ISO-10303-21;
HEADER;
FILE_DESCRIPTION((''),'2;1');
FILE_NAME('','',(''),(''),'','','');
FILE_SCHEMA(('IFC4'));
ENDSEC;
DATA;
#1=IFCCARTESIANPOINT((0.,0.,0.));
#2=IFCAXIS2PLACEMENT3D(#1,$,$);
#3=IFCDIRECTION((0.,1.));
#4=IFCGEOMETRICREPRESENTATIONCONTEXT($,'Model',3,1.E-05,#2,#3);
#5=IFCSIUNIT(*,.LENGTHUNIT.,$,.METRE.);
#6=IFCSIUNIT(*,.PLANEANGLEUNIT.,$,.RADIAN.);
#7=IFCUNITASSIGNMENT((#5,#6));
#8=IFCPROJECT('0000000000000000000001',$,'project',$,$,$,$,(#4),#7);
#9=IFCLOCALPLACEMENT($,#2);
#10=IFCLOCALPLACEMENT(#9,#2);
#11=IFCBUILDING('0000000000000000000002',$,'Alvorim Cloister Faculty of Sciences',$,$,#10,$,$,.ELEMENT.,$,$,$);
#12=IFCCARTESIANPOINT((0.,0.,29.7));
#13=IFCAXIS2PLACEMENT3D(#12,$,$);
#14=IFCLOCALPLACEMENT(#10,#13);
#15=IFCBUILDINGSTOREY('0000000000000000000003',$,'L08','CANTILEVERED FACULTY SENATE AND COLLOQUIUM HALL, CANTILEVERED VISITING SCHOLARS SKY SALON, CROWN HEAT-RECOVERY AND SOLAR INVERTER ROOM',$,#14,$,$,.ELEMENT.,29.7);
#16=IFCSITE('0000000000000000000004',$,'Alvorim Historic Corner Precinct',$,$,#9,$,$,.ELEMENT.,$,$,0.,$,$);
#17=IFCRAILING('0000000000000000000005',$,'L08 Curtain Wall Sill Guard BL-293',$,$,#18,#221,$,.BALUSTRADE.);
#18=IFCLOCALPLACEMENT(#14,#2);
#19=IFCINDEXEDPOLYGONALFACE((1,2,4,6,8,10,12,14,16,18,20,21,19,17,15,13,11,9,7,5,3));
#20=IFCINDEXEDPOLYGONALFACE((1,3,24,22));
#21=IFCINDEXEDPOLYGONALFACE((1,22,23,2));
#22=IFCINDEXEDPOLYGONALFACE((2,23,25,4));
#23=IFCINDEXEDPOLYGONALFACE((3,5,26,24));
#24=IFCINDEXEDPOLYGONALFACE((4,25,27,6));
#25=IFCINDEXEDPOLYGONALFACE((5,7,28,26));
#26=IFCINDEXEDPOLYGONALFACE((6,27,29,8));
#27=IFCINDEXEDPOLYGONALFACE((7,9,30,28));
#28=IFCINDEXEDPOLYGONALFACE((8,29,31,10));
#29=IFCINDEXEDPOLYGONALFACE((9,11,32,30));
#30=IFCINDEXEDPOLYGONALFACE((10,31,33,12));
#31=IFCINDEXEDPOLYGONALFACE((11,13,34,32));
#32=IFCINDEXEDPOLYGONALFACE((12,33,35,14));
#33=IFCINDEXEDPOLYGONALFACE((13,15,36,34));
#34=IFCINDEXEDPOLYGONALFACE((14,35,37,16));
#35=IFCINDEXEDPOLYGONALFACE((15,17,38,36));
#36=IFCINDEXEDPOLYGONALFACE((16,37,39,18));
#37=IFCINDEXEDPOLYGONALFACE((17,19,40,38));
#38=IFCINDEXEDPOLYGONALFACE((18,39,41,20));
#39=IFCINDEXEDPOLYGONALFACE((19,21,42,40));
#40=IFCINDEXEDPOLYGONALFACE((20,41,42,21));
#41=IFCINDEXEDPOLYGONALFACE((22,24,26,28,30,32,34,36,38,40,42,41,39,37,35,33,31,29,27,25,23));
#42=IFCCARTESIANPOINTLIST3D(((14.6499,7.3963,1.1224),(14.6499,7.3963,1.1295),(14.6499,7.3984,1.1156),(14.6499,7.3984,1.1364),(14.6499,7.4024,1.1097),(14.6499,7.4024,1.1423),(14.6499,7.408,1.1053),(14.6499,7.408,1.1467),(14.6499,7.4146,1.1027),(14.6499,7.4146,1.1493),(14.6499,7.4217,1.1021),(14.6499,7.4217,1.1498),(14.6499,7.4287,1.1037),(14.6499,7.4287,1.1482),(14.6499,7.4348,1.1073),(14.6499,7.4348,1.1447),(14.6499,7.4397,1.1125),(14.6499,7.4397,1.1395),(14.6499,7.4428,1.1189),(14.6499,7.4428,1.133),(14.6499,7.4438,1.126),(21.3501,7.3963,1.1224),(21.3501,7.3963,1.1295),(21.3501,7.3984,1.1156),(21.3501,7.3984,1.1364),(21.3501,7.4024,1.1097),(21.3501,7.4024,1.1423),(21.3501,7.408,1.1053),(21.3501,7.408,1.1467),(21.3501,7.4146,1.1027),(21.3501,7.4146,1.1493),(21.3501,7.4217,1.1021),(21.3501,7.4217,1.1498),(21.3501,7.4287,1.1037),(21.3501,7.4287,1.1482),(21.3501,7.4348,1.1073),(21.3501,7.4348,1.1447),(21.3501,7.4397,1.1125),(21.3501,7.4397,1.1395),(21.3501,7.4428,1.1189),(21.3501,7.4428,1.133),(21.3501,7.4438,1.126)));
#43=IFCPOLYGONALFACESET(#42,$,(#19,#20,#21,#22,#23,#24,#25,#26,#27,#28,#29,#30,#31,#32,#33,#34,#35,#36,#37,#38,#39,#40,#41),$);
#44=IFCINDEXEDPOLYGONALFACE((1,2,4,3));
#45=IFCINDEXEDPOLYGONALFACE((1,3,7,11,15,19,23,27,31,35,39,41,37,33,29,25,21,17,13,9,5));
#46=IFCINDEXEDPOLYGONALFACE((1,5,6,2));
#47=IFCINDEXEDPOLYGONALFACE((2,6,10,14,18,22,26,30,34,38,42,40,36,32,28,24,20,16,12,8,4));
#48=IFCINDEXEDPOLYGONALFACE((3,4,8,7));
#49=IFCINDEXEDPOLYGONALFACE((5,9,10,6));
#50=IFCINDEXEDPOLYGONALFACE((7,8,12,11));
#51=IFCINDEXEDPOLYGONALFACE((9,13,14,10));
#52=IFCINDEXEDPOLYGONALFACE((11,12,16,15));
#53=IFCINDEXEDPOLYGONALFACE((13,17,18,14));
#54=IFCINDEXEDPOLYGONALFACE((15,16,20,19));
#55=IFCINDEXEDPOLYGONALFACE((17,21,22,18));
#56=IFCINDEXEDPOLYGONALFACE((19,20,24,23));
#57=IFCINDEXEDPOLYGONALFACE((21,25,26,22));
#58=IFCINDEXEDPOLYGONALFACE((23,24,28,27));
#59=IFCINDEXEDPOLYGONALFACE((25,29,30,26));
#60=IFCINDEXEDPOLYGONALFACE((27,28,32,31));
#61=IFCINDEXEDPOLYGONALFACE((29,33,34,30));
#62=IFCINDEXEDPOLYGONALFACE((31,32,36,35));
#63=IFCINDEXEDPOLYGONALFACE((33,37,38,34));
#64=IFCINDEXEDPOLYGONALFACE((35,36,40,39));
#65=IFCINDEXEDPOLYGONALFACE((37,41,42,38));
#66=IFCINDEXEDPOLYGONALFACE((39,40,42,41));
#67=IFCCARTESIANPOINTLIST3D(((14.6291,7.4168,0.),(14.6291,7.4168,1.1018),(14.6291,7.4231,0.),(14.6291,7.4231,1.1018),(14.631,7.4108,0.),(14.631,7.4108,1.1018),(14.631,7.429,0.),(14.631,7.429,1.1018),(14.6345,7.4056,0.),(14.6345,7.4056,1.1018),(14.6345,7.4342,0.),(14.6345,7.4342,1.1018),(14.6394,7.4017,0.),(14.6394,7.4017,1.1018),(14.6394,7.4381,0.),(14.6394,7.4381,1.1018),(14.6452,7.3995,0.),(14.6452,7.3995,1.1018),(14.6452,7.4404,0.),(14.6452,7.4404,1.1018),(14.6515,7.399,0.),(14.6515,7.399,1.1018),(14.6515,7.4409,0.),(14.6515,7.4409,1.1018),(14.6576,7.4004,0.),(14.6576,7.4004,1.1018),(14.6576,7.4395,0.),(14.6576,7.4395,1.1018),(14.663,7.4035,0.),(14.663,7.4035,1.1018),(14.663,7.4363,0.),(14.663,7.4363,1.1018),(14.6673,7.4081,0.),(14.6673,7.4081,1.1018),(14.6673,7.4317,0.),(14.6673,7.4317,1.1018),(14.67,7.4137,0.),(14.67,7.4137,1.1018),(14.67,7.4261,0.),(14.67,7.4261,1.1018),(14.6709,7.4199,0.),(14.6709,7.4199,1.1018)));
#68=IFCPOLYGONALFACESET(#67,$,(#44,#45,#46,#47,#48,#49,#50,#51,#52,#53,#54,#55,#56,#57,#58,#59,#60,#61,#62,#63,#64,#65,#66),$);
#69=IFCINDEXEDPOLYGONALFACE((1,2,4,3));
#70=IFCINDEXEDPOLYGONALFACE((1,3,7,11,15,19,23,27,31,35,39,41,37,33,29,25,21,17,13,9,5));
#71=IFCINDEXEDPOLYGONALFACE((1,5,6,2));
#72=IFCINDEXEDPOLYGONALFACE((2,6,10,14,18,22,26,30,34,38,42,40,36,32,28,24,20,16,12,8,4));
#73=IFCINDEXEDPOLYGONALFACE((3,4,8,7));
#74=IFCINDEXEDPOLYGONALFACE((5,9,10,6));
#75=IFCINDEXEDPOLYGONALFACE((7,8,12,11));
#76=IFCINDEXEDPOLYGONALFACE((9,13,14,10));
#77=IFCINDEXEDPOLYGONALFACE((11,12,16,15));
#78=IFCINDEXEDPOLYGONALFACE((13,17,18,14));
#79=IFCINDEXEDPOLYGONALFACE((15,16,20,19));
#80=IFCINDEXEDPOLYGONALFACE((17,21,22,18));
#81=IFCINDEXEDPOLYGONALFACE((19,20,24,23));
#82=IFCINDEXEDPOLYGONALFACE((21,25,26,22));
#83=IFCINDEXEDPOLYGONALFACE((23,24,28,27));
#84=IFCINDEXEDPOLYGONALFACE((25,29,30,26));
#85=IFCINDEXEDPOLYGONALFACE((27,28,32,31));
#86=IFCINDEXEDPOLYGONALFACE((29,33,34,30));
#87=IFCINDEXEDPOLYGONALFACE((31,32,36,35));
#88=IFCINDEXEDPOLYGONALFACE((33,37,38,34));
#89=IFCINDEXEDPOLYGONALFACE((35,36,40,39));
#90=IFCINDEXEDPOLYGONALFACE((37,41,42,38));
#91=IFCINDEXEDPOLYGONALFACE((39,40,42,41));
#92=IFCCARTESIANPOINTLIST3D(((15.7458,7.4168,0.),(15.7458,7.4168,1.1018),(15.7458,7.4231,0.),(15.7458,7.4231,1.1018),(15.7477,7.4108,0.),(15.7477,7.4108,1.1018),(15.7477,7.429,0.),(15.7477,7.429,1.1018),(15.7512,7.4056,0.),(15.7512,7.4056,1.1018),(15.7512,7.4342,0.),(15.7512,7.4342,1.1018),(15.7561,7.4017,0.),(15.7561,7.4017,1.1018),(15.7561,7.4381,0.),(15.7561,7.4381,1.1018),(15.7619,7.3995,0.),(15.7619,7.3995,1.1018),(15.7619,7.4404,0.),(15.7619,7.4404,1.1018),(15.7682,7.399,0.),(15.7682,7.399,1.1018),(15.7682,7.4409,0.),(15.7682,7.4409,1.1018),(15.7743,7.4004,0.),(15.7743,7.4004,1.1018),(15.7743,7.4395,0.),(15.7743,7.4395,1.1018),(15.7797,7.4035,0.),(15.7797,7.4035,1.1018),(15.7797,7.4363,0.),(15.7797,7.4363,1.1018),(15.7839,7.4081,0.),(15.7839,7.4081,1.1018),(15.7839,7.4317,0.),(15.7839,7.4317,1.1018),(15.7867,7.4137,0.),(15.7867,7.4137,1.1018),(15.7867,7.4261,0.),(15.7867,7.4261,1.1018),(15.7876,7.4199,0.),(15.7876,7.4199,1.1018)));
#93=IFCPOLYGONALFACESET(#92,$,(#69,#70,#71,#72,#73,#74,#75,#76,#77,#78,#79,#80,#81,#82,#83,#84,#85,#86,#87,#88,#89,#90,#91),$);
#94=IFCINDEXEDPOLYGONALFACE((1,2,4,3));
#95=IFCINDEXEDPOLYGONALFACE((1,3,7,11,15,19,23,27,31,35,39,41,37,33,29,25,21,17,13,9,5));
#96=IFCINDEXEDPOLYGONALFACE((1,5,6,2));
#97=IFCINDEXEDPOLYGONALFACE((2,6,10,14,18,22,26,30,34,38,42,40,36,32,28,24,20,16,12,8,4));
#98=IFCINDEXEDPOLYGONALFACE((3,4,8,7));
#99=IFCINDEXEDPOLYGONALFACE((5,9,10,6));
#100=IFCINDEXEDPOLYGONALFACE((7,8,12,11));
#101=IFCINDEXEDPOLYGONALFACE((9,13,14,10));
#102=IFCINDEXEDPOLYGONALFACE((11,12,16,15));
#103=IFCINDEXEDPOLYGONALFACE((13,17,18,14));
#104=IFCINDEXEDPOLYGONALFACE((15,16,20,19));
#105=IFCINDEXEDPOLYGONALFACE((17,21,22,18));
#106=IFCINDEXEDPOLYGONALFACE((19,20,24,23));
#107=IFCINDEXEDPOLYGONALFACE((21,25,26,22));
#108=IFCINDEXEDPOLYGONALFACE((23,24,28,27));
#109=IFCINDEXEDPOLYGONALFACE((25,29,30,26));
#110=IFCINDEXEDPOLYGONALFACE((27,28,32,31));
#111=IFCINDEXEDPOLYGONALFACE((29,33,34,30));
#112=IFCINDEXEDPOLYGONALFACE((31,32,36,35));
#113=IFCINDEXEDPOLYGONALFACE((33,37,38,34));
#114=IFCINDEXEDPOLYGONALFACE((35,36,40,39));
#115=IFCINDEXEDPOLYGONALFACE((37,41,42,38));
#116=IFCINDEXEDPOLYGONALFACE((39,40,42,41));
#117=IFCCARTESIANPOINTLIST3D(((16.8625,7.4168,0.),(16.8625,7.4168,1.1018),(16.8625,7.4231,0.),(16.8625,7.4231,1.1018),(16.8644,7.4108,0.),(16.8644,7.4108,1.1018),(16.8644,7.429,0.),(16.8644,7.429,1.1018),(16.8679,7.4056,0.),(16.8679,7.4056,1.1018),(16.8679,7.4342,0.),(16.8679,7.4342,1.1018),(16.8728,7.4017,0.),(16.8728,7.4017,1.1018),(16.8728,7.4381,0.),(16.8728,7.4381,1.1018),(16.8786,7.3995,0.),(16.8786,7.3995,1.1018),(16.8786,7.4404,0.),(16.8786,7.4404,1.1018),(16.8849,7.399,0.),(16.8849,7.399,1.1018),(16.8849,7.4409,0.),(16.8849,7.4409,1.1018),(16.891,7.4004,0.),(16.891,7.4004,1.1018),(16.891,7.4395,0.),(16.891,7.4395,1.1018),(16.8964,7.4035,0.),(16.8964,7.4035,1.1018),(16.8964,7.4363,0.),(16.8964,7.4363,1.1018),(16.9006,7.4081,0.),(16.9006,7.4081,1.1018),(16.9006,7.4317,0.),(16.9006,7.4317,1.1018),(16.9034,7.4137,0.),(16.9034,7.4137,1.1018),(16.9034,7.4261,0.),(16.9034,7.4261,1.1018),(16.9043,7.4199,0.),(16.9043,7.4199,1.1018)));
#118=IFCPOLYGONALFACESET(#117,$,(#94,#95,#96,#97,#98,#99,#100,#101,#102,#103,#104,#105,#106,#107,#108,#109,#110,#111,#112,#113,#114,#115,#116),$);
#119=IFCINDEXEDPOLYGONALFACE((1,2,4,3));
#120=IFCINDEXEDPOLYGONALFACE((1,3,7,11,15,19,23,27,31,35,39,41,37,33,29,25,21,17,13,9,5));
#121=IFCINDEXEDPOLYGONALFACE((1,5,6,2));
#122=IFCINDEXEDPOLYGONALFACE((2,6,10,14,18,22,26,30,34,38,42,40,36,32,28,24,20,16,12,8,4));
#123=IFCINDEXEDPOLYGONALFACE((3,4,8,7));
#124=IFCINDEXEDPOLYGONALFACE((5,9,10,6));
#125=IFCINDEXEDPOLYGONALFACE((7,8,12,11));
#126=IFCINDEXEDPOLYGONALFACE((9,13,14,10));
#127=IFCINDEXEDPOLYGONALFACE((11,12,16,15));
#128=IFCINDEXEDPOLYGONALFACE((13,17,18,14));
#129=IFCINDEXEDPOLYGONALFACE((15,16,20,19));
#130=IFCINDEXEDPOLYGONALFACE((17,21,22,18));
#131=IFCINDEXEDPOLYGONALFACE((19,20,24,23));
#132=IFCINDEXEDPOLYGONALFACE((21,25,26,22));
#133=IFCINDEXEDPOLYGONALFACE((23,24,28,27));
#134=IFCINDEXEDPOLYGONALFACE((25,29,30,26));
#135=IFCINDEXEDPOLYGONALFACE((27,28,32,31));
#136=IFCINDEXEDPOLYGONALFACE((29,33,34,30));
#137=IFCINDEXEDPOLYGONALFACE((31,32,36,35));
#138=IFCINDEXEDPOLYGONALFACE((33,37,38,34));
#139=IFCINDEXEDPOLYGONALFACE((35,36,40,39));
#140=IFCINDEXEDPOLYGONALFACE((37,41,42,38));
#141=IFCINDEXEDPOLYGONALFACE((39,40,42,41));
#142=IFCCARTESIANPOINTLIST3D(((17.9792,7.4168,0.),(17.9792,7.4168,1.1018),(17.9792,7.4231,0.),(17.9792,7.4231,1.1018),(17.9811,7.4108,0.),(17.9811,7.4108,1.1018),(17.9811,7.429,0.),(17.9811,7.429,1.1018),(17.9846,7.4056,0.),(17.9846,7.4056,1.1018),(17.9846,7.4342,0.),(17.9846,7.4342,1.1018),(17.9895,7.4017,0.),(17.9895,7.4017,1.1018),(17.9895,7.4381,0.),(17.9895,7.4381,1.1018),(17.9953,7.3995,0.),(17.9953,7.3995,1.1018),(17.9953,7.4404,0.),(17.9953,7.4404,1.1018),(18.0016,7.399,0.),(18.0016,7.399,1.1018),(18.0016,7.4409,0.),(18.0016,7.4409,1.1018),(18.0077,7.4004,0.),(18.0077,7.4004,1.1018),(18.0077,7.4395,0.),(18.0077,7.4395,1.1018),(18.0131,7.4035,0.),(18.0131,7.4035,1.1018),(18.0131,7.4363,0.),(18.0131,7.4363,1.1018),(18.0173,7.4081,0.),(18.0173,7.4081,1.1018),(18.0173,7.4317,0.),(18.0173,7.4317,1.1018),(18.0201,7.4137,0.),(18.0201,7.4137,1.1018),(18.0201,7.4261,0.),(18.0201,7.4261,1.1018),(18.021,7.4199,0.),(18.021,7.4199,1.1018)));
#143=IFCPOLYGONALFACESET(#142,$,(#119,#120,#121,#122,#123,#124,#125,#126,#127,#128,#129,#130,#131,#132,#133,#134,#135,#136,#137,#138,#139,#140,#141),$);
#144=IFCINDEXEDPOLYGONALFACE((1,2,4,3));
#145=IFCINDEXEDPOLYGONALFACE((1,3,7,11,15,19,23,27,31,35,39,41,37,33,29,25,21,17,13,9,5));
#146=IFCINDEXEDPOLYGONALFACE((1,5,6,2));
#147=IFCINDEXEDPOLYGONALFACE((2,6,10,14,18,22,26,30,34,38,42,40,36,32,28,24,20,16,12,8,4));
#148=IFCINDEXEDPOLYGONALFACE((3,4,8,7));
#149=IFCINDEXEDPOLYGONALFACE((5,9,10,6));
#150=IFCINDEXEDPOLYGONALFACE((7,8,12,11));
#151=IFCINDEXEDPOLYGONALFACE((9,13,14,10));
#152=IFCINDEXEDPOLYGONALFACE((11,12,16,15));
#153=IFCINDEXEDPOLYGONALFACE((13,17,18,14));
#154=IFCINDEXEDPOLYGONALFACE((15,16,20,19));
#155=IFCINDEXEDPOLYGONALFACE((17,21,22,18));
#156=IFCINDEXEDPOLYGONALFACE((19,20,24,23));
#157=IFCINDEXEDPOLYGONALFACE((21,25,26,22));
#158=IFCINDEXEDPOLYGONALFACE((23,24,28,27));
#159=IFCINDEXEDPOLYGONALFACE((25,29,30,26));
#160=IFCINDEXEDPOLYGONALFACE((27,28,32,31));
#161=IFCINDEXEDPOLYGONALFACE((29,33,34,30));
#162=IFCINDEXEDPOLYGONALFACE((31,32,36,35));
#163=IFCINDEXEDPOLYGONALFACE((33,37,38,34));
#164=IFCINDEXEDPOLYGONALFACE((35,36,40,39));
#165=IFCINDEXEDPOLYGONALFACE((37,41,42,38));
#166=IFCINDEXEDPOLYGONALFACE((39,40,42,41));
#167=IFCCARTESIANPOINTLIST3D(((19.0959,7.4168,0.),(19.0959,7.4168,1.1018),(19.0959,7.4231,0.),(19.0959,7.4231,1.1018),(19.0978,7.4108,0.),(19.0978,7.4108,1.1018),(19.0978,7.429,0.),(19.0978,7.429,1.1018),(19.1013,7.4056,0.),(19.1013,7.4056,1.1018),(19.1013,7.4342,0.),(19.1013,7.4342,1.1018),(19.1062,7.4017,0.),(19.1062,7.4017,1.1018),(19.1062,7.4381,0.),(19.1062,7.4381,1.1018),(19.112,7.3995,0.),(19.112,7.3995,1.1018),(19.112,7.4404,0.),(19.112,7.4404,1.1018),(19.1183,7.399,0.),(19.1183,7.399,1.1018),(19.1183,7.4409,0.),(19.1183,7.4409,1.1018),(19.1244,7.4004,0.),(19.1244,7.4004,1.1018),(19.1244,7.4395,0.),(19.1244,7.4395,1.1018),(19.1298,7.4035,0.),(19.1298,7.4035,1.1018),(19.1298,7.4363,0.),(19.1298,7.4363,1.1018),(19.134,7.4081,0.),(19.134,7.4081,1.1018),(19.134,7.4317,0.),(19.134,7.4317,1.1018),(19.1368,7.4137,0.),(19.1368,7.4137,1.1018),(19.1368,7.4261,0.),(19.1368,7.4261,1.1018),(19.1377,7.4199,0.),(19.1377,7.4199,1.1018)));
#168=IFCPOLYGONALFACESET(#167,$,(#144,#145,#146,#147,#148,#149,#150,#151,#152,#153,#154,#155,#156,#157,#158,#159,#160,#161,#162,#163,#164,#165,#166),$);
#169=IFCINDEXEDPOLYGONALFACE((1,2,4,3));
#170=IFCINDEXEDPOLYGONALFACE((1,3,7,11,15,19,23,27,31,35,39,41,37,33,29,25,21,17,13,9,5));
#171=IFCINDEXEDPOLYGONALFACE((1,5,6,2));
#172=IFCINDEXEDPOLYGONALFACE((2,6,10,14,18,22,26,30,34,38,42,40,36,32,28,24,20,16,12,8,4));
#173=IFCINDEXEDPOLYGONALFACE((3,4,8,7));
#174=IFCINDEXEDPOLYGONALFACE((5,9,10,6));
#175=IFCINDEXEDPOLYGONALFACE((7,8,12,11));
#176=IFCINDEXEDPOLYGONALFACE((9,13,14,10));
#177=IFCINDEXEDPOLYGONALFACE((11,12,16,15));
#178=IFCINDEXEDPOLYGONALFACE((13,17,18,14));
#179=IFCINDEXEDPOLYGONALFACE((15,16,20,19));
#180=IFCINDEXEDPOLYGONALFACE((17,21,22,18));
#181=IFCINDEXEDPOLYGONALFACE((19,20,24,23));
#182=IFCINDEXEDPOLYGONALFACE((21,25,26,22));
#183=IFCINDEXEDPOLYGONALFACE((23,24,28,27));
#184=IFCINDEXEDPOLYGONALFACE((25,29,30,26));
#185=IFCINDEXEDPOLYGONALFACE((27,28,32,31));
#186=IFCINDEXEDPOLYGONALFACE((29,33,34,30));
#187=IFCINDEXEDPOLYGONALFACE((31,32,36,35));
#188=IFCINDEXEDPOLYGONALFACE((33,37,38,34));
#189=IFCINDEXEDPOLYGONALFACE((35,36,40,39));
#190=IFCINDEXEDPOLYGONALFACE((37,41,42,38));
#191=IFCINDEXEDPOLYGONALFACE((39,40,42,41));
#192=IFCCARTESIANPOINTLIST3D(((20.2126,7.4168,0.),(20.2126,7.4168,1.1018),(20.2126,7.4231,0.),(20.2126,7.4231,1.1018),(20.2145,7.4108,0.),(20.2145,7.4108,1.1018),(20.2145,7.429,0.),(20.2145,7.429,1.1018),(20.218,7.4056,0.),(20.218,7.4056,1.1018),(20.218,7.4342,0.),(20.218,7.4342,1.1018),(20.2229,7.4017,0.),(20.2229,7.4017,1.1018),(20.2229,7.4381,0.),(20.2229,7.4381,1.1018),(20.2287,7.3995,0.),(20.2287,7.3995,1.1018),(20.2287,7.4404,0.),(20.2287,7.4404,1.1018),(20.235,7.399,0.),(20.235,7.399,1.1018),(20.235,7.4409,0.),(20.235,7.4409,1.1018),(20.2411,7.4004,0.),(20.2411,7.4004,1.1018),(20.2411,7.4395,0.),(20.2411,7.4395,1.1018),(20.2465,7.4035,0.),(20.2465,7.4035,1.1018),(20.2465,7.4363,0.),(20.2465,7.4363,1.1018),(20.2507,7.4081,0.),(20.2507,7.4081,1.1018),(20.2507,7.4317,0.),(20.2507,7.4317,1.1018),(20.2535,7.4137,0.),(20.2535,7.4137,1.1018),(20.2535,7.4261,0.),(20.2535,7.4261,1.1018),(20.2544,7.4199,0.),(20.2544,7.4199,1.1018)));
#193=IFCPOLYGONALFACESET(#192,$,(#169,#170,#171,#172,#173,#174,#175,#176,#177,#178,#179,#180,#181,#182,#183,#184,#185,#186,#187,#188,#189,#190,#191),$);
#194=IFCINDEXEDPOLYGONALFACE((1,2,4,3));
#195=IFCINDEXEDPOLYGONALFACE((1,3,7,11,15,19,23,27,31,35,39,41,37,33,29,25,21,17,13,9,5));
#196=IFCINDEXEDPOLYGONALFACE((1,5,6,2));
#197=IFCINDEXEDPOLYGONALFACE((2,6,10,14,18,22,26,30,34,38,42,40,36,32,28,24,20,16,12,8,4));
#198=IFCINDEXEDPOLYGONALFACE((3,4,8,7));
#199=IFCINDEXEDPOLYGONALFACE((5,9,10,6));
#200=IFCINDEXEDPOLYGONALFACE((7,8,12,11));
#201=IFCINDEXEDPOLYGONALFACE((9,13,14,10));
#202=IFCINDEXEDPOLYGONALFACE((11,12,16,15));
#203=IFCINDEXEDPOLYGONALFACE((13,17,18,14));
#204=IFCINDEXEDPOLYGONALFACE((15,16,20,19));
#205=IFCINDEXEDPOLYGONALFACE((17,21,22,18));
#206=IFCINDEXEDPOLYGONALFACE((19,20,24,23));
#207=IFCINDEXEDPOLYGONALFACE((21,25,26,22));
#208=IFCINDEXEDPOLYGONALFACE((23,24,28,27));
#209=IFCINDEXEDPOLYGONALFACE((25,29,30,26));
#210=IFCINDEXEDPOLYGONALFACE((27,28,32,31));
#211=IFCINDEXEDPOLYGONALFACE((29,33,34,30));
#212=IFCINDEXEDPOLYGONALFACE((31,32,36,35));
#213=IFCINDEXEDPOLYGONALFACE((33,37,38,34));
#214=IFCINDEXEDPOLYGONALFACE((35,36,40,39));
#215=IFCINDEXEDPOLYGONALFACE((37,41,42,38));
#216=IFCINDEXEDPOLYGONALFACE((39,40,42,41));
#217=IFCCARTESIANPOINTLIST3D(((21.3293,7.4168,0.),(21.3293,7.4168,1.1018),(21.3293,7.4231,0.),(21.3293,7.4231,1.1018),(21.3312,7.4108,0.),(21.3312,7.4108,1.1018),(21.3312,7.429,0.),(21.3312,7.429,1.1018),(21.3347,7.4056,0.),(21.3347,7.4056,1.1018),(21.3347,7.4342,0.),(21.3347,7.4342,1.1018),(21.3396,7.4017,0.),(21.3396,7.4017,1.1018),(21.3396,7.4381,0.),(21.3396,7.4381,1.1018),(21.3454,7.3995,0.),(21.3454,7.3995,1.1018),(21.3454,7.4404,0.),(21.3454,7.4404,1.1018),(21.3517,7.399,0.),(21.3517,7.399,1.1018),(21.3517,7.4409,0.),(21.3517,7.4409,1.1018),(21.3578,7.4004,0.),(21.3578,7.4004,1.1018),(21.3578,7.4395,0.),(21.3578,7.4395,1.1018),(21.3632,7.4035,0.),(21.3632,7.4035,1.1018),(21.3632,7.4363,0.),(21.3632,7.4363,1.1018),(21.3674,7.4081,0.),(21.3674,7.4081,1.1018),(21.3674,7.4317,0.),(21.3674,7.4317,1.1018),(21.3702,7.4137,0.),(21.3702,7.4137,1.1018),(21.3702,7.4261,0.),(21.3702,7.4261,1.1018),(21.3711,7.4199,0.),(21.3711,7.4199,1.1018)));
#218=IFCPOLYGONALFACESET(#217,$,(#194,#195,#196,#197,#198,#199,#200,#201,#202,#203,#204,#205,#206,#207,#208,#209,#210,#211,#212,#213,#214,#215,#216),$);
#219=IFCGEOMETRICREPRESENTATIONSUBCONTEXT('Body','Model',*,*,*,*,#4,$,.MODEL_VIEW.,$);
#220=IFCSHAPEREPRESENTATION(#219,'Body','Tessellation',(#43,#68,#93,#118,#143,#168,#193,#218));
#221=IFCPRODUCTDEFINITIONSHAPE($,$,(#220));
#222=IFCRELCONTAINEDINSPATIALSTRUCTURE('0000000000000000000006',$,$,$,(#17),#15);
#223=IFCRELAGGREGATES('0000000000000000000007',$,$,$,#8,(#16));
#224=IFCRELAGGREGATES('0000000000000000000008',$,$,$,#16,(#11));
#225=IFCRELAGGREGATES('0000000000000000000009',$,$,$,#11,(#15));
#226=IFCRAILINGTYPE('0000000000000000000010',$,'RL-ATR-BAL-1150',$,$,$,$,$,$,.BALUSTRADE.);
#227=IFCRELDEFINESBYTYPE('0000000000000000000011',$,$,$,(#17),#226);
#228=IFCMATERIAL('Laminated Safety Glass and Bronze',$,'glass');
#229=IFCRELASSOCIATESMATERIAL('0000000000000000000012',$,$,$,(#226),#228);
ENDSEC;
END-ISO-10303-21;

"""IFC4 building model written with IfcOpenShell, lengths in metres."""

from ifc_helpers import new_model, si_unit, direction, frame, origin, origin_2d, place, context, subcontext, project, spatial, circle, extrude, material, type_object, element, save


model = new_model("IFC4")

# Units and contexts
model_context = context("Model", 3, precision=1e-05, world=origin(), true_north=direction((0.0, 1.0)))
body_context = subcontext(model_context, "Body", "Model", "MODEL_VIEW")
ifc_project = project(units=[si_unit("LENGTHUNIT", "METRE"), si_unit("PLANEANGLEUNIT", "RADIAN")], contexts=[model_context])

# Site, building, storey
site_placement = place(None, origin())
site = spatial("IfcSite", under=ifc_project, at=site_placement, Name="Alvorim Historic Corner Precinct", CompositionType="ELEMENT", RefElevation=0.0)
building_placement = place(site_placement, origin())
building = spatial("IfcBuilding", under=site, at=building_placement, Name="Alvorim Cloister Faculty of Sciences", CompositionType="ELEMENT")
storey_placement = place(building_placement, frame((0.0, 0.0, 29.7)))
storey = spatial("IfcBuildingStorey", under=building, at=storey_placement, Name="L08", Description="CANTILEVERED FACULTY SENATE AND COLLOQUIUM HALL, CANTILEVERED VISITING SCHOLARS SKY SALON, CROWN HEAT-RECOVERY AND SOLAR INVERTER ROOM", CompositionType="ELEMENT", Elevation=29.7)

# Railing
ifc_material_1 = material(Name="Laminated Safety Glass and Bronze", Category="glass")
railing_type_1 = type_object("IfcRailingType", Name="RL-ATR-BAL-1150", PredefinedType="BALUSTRADE", material=ifc_material_1)
railing_1_placement = place(storey_placement, frame((14.6499, 7.4199, 0.0)))
element("IfcRailing", 1, at=railing_1_placement, inside=storey, type_object=railing_type_1, Name="L08 Curtain Wall Sill Guard BL-293", PredefinedType="BALUSTRADE", context=body_context, shape_type="SweptSolid", body=[
    extrude(circle(Radius=0.0239, at=origin_2d()), frame((0.0, 0.0, 1.126), z_axis=(1.0, 0.0, 0.0), x_axis=(0.0, 1.0, 0.0)), (0.0, 0.0, 1.0), 6.7002),
    extrude(circle(Radius=0.021, at=origin_2d()), origin(), (0.0, 0.0, 1.0), 1.1018),
    extrude(circle(Radius=0.021, at=origin_2d()), frame((1.1167, 0.0, 0.0)), (0.0, 0.0, 1.0), 1.1018),
    extrude(circle(Radius=0.021, at=origin_2d()), frame((2.2334, 0.0, 0.0)), (0.0, 0.0, 1.0), 1.1018),
    extrude(circle(Radius=0.021, at=origin_2d()), frame((3.3501, 0.0, 0.0)), (0.0, 0.0, 1.0), 1.1018),
    extrude(circle(Radius=0.021, at=origin_2d()), frame((4.4668, 0.0, 0.0)), (0.0, 0.0, 1.0), 1.1018),
    extrude(circle(Radius=0.021, at=origin_2d()), frame((5.5835, 0.0, 0.0)), (0.0, 0.0, 1.0), 1.1018),
    extrude(circle(Radius=0.021, at=origin_2d()), frame((6.7002, 0.0, 0.0)), (0.0, 0.0, 1.0), 1.1018),
])

save(model, "model.ifc")
